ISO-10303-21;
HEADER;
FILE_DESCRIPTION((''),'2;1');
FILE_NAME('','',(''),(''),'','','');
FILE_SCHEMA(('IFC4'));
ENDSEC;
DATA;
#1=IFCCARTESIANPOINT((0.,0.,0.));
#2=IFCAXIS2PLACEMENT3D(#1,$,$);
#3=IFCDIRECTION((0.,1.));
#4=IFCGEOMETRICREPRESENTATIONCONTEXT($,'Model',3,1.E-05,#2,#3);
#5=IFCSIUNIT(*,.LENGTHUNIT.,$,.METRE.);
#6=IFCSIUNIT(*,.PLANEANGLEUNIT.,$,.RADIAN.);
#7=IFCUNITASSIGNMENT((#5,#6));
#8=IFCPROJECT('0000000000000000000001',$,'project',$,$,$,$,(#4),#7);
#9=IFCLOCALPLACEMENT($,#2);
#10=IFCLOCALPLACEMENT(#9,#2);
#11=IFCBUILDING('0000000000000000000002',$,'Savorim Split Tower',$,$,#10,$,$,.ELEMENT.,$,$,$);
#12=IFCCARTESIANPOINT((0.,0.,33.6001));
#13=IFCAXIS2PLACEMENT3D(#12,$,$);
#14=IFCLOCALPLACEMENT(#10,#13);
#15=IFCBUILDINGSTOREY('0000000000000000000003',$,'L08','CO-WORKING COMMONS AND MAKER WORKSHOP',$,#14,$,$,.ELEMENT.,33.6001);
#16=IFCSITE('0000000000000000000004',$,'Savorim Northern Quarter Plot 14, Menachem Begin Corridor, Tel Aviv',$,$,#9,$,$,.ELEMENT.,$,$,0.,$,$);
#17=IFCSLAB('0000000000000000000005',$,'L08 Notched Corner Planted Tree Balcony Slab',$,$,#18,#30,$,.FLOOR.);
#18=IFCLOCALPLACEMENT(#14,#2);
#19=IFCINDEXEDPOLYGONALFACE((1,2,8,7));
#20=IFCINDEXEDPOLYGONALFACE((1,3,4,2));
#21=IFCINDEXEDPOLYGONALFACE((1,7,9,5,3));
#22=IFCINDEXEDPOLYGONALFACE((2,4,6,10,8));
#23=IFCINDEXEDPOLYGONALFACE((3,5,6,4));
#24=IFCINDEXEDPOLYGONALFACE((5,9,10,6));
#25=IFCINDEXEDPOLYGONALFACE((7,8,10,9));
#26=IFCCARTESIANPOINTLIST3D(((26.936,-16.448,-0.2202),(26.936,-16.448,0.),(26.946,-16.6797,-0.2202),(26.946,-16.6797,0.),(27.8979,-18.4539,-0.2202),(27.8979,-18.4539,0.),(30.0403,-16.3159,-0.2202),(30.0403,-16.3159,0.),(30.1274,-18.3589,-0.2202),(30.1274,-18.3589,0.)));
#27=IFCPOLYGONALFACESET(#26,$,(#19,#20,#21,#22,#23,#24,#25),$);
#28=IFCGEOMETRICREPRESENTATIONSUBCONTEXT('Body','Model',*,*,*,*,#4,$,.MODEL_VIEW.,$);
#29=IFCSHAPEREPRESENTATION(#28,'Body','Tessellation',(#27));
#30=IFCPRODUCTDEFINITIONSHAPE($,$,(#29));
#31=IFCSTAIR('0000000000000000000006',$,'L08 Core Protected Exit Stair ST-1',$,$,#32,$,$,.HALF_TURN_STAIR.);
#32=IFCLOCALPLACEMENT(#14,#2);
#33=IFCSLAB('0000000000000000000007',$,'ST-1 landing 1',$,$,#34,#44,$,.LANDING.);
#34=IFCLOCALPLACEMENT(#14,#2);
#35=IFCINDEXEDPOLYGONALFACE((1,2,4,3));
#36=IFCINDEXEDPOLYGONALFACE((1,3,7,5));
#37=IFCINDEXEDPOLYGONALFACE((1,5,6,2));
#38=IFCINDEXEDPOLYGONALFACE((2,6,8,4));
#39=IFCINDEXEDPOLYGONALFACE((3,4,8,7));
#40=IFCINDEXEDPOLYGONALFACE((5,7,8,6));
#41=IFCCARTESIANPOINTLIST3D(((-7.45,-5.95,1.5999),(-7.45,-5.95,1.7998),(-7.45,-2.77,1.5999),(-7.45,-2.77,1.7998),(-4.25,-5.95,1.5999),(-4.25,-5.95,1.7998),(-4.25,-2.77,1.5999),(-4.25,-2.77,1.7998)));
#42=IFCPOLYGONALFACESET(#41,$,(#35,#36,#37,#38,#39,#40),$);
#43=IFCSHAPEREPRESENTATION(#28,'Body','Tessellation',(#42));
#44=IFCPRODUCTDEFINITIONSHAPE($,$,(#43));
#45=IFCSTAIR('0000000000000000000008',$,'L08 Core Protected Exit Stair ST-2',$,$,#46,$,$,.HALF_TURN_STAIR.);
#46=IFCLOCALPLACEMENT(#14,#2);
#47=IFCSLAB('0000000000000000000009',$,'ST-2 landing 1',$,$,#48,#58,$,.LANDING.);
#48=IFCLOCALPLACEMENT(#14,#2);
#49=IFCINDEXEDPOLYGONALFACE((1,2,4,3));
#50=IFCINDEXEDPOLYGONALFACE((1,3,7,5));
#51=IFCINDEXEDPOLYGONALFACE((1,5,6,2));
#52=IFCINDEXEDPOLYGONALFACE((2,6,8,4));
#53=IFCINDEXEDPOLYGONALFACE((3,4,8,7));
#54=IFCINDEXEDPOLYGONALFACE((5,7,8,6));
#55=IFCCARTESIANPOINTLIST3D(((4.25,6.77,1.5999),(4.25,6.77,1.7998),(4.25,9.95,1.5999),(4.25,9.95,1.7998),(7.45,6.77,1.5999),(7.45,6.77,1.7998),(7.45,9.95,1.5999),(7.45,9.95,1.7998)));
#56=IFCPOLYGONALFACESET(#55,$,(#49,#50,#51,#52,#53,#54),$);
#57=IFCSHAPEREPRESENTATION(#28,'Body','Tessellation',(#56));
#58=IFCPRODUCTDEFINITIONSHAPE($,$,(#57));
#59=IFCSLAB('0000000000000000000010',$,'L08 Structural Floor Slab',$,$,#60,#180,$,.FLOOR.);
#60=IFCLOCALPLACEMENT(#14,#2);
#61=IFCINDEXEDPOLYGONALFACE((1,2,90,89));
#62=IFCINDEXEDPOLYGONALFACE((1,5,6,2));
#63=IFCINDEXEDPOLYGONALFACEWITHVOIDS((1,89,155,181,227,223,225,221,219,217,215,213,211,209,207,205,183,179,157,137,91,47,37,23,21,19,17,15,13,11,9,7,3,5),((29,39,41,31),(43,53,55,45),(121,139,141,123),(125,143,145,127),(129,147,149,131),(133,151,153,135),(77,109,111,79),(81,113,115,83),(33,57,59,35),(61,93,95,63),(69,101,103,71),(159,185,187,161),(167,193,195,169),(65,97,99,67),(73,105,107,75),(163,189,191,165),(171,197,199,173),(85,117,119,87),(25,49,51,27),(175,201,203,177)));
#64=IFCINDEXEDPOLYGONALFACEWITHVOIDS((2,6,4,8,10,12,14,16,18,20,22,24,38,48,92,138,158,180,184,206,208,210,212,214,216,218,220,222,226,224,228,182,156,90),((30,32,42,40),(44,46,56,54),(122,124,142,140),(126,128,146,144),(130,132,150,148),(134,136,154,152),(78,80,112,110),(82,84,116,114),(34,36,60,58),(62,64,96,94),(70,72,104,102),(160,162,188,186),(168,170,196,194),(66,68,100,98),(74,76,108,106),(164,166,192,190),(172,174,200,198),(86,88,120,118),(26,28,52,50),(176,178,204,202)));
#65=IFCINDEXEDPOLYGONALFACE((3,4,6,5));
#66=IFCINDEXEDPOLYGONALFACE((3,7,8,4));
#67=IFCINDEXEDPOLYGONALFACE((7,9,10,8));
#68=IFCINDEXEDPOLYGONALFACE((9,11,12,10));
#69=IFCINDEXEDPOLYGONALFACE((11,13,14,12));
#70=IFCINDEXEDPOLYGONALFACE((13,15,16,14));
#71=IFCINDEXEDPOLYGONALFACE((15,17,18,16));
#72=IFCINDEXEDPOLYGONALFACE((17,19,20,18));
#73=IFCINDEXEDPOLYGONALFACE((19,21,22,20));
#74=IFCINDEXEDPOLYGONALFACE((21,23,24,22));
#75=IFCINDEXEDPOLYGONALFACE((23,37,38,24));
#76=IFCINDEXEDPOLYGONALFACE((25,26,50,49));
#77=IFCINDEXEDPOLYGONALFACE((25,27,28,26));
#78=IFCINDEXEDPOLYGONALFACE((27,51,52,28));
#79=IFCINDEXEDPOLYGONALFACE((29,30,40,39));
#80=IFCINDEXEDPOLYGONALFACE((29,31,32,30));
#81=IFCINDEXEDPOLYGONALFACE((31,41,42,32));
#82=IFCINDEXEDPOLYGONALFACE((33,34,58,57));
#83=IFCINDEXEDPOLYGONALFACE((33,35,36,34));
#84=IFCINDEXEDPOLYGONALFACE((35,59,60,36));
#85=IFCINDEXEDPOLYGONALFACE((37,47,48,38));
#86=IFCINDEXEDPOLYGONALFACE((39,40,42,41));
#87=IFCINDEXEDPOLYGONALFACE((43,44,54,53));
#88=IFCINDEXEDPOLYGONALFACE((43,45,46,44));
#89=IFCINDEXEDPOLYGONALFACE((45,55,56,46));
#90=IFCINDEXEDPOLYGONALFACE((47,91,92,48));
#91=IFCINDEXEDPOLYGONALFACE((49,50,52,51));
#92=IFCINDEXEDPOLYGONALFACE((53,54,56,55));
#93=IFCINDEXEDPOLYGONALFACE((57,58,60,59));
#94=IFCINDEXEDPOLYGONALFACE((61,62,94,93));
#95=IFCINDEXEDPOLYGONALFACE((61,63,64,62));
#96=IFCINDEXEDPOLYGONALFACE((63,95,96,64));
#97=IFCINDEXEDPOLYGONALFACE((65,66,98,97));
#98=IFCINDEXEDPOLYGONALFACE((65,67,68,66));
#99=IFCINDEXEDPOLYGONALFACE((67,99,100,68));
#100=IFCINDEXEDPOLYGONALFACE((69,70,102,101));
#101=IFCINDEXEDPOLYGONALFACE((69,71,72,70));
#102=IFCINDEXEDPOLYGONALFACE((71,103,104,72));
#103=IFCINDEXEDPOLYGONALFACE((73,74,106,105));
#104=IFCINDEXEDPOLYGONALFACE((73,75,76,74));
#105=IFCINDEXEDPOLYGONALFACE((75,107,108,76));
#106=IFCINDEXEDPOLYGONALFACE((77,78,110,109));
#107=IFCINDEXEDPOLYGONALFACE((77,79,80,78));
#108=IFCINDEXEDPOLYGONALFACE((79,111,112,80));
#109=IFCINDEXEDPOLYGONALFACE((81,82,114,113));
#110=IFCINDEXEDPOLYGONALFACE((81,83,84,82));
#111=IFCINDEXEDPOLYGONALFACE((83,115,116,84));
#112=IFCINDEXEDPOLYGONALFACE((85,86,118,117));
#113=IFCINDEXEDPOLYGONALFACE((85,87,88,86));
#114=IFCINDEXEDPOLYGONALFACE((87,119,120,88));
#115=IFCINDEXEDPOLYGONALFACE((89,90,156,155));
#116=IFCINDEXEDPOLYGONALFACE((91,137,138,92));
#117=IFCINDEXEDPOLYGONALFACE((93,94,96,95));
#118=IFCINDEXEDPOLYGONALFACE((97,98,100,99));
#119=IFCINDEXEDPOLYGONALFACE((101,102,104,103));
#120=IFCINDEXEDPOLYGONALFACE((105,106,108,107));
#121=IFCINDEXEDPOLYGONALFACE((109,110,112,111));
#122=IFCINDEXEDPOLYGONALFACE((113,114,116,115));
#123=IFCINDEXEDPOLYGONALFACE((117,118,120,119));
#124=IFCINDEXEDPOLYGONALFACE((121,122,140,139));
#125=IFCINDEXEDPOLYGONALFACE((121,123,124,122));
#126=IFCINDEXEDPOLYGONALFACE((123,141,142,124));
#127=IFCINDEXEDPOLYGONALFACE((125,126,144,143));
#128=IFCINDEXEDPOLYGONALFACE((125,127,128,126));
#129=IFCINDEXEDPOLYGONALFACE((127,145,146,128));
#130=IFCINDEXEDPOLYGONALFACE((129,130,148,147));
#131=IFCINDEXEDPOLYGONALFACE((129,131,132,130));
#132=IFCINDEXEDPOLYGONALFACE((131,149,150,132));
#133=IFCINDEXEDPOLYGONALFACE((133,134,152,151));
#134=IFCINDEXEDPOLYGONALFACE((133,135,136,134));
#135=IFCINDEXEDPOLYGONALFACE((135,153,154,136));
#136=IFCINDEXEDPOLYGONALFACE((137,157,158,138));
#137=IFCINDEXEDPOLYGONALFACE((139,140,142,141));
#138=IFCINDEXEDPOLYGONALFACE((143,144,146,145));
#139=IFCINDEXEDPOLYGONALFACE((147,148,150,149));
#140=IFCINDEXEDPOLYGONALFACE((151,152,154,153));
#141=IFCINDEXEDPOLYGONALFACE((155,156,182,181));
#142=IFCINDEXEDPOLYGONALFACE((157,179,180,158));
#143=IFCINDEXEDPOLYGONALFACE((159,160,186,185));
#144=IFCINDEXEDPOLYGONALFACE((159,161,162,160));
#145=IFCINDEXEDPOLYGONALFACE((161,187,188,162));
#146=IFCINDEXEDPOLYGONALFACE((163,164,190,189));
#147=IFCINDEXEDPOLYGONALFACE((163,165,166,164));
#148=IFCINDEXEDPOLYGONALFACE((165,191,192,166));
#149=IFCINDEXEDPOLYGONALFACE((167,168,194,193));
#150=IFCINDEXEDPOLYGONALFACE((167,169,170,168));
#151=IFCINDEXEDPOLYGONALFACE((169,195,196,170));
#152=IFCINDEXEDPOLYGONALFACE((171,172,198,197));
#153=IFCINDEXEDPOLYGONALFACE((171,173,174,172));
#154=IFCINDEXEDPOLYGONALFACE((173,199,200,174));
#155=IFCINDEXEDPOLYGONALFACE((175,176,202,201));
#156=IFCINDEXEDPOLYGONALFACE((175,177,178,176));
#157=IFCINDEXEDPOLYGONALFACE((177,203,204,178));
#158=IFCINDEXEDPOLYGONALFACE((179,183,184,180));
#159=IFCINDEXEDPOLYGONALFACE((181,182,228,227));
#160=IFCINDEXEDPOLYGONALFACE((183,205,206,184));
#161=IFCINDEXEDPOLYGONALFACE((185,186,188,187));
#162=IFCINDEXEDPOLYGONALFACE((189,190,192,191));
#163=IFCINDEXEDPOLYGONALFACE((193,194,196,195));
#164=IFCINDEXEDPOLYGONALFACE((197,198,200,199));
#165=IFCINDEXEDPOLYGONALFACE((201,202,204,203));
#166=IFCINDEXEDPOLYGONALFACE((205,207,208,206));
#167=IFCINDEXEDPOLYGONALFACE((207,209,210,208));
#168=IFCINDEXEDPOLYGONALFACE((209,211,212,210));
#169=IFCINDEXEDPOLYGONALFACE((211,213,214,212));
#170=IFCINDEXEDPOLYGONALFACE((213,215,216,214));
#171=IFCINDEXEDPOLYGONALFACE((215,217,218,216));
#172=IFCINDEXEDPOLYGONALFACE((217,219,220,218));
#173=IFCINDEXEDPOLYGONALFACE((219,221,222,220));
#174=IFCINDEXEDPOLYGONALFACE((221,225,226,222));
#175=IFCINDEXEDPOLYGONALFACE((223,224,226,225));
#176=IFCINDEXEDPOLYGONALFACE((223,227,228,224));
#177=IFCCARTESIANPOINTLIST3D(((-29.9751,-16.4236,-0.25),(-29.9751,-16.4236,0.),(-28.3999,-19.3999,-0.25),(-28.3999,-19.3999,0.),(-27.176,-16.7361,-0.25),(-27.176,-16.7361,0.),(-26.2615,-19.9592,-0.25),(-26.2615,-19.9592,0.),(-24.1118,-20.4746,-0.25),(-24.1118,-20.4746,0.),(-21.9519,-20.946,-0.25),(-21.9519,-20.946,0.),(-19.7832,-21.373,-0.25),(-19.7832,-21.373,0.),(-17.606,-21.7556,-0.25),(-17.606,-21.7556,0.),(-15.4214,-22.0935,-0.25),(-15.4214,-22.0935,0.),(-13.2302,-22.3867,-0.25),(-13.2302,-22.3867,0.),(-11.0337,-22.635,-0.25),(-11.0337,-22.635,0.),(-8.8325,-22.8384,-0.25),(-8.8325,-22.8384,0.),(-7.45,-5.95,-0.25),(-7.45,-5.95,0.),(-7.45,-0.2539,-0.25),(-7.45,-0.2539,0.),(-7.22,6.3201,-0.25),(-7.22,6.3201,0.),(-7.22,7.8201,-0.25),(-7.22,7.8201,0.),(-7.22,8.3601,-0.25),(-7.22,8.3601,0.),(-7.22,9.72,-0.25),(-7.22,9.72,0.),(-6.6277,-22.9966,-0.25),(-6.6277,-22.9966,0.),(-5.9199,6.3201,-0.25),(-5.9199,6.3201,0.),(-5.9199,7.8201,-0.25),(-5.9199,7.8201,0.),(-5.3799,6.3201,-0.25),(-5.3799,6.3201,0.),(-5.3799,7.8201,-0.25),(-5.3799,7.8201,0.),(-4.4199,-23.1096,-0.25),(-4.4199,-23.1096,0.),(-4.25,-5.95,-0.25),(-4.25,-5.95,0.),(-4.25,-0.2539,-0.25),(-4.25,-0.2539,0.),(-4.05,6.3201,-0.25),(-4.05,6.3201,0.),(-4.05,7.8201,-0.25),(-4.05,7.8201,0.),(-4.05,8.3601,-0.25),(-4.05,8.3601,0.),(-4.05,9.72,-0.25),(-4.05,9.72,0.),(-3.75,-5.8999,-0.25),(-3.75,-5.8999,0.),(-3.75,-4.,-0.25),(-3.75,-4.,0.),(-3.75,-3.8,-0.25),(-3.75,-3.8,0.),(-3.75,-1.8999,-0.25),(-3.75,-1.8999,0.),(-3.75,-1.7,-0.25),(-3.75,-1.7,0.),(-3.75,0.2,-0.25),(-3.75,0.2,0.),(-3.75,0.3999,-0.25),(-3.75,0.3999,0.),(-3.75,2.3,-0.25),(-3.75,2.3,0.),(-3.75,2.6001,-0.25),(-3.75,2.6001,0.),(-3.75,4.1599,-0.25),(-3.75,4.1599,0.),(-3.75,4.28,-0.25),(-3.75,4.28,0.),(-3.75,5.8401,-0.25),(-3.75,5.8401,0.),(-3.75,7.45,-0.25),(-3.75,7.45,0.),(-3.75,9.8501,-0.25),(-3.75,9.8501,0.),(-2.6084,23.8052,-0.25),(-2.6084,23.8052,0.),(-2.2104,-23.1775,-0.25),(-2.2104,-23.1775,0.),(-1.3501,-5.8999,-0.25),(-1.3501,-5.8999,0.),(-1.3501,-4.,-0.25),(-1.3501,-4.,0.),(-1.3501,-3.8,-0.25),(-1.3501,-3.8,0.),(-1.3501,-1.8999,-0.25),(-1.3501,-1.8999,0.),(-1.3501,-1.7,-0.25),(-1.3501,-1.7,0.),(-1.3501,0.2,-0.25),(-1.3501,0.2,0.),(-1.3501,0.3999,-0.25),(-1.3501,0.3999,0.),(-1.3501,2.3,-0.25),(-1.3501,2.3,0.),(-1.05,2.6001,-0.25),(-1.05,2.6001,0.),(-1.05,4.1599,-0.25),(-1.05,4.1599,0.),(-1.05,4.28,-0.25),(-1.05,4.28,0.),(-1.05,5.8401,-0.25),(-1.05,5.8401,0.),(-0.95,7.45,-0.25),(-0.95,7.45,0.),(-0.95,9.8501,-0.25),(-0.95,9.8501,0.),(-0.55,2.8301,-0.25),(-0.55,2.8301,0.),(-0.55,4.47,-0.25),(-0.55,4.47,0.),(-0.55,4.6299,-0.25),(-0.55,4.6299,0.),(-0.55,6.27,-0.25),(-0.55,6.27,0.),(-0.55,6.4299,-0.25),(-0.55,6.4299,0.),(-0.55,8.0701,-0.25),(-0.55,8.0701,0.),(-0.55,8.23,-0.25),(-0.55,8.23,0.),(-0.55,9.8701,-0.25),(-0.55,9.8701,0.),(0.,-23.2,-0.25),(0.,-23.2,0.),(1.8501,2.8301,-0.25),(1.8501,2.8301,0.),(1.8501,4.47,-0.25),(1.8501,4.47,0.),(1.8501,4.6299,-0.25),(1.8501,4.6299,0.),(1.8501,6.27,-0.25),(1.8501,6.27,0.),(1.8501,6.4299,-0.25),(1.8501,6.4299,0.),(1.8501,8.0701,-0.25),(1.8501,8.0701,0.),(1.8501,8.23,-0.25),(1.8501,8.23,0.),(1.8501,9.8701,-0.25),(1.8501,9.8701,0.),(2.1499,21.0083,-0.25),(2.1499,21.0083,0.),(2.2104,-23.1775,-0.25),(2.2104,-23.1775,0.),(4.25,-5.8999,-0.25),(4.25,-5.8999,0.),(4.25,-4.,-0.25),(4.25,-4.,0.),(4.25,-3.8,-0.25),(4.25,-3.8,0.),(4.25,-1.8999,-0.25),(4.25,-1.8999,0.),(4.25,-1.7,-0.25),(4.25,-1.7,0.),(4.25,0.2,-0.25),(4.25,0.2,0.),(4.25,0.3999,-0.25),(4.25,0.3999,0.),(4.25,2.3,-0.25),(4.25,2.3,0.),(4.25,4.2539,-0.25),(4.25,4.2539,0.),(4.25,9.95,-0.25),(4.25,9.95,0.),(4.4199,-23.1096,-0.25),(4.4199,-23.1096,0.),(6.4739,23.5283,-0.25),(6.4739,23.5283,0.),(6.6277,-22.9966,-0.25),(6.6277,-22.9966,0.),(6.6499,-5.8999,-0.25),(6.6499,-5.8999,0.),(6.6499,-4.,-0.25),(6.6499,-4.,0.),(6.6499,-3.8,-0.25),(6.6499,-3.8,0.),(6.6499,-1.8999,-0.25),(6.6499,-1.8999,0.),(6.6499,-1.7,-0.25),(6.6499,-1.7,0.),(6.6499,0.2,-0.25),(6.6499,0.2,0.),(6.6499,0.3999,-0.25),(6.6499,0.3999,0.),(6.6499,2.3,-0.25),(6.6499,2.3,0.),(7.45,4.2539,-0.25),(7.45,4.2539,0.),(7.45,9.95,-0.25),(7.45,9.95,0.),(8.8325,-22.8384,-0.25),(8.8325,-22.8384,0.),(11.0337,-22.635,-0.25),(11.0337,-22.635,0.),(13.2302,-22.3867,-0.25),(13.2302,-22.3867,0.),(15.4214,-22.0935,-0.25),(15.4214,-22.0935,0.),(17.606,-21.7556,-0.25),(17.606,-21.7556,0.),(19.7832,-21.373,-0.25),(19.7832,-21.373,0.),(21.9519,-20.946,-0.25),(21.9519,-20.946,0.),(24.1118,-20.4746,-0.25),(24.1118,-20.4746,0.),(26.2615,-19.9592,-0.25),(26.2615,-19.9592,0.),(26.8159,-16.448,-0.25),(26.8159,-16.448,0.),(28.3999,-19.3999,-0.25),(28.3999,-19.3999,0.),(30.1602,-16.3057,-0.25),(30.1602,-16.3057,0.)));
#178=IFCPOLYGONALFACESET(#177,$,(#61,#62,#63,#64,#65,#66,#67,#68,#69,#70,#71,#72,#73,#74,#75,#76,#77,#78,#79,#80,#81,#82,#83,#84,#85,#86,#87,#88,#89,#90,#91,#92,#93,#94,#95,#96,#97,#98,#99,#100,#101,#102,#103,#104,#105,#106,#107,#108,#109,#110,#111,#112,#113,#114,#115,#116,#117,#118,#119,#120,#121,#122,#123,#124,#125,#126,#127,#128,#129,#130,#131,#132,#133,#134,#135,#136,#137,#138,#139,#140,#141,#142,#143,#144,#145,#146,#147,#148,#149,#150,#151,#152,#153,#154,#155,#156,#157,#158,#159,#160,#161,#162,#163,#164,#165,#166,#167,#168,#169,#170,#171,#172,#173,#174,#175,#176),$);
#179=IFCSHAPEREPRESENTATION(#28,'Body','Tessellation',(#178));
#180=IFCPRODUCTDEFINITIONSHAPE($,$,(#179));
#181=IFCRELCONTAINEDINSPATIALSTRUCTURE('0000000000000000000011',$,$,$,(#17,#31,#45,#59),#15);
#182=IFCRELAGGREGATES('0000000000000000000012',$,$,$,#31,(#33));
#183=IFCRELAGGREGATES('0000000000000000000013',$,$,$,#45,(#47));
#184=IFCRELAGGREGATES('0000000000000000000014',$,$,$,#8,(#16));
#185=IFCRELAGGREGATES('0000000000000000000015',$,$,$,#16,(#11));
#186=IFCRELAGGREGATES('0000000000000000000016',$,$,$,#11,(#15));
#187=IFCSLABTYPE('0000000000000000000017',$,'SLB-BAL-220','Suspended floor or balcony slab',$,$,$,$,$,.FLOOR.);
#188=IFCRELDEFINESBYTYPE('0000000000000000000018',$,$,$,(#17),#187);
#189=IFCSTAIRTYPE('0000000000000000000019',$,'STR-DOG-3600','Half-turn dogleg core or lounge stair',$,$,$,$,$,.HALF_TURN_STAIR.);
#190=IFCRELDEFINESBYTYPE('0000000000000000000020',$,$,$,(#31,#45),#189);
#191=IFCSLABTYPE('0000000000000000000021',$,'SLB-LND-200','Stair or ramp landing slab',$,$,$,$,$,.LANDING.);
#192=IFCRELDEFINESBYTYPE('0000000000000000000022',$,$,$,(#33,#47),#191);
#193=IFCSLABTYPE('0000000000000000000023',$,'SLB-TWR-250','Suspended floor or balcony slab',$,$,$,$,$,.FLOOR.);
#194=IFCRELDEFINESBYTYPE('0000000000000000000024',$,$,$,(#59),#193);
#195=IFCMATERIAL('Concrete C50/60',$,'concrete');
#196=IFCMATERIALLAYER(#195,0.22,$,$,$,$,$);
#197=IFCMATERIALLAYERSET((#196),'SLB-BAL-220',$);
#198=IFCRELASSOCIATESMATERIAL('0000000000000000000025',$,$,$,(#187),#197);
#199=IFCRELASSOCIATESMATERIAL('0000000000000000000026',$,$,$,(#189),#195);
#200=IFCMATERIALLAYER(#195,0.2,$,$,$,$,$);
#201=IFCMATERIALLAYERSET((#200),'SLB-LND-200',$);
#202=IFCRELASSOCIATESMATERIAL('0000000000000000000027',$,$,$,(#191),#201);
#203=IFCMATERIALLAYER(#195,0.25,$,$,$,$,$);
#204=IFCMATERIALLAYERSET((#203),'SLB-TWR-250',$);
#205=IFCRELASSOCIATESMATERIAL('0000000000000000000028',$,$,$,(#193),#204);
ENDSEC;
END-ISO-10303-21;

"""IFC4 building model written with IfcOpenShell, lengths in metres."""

from ifc_helpers import new_model, si_unit, direction, frame, origin, place, context, subcontext, project, spatial, polyline, outline, extrude, material, layer, layer_set, type_object, element, aggregate, save


model = new_model("IFC4")

# Units and contexts
model_context = context("Model", 3, precision=1e-05, world=origin(), true_north=direction((0.0, 1.0)))
body_context = subcontext(model_context, "Body", "Model", "MODEL_VIEW")
ifc_project = project(units=[si_unit("LENGTHUNIT", "METRE"), si_unit("PLANEANGLEUNIT", "RADIAN")], contexts=[model_context])

# Site, building, storey
site_placement = place(None, origin())
site = spatial("IfcSite", under=ifc_project, at=site_placement, Name="Savorim Northern Quarter Plot 14, Menachem Begin Corridor, Tel Aviv", CompositionType="ELEMENT", RefElevation=0.0)
building_placement = place(site_placement, origin())
building = spatial("IfcBuilding", under=site, at=building_placement, Name="Savorim Split Tower", CompositionType="ELEMENT")
storey_placement = place(building_placement, frame((0.0, 0.0, 33.6001)))
storey = spatial("IfcBuildingStorey", under=building, at=storey_placement, Name="L08", Description="CO-WORKING COMMONS AND MAKER WORKSHOP", CompositionType="ELEMENT", Elevation=33.6001)

# Slab
ifc_material_1 = material(Name="Concrete C50/60", Category="concrete")
ifc_layer_1 = layer(ifc_material_1, 0.22)
ifc_layer_set_1 = layer_set([ifc_layer_1], Name="SLB-BAL-220")
slab_type_1 = type_object("IfcSlabType", Name="SLB-BAL-220", Description="Suspended floor or balcony slab", PredefinedType="FLOOR", material=ifc_layer_set_1)
slab_1_placement = place(storey_placement, frame((0.0, 0.0, -0.2202)))
element("IfcSlab", 1, at=slab_1_placement, inside=storey, type_object=slab_type_1, Name="L08 Notched Corner Planted Tree Balcony Slab", PredefinedType="FLOOR", context=body_context, shape_type="SweptSolid", body=[
    extrude(outline(polyline([(30.0403, -16.3159), (26.936, -16.448), (26.946, -16.6797), (27.8979, -18.4539), (30.1274, -18.3589), (30.0403, -16.3159)])), origin(), (0.0, 0.0, 1.0), 0.2202),
])

# Stairs, slabs
stair_type = type_object("IfcStairType", Name="STR-DOG-3600", Description="Half-turn dogleg core or lounge stair", PredefinedType="HALF_TURN_STAIR", material=ifc_material_1)
stair_1_placement = place(storey_placement, origin())
stair_1 = element("IfcStair", 2, at=stair_1_placement, inside=storey, type_object=stair_type, Name="L08 Core Protected Exit Stair ST-1", PredefinedType="HALF_TURN_STAIR")
ifc_layer_2 = layer(ifc_material_1, 0.2)
ifc_layer_set_2 = layer_set([ifc_layer_2], Name="SLB-LND-200")
slab_type_2 = type_object("IfcSlabType", Name="SLB-LND-200", Description="Stair or ramp landing slab", PredefinedType="LANDING", material=ifc_layer_set_2)
slab_2_placement = place(storey_placement, frame((0.0, 0.0, 1.5999)))
slab_2 = element("IfcSlab", 3, at=slab_2_placement, type_object=slab_type_2, Name="ST-1 landing 1", PredefinedType="LANDING", context=body_context, shape_type="SweptSolid", body=[
    extrude(outline(polyline([(-7.45, -2.77), (-7.45, -5.95), (-4.25, -5.95), (-4.25, -2.77), (-7.45, -2.77)])), origin(), (0.0, 0.0, 1.0), 0.2),
])
aggregate(stair_1, [slab_2])
stair_2_placement = place(storey_placement, origin())
stair_2 = element("IfcStair", 4, at=stair_2_placement, inside=storey, type_object=stair_type, Name="L08 Core Protected Exit Stair ST-2", PredefinedType="HALF_TURN_STAIR")
slab_3_placement = place(storey_placement, frame((0.0, 0.0, 1.5999)))
slab_3 = element("IfcSlab", 5, at=slab_3_placement, type_object=slab_type_2, Name="ST-2 landing 1", PredefinedType="LANDING", context=body_context, shape_type="SweptSolid", body=[
    extrude(outline(polyline([(7.45, 6.77), (7.45, 9.95), (4.25, 9.95), (4.25, 6.77), (7.45, 6.77)])), origin(), (0.0, 0.0, 1.0), 0.2),
])
aggregate(stair_2, [slab_3])

# Slab
ifc_layer_3 = layer(ifc_material_1, 0.25)
ifc_layer_set_3 = layer_set([ifc_layer_3], Name="SLB-TWR-250")
slab_type_3 = type_object("IfcSlabType", Name="SLB-TWR-250", Description="Suspended floor or balcony slab", PredefinedType="FLOOR", material=ifc_layer_set_3)
slab_4_placement = place(storey_placement, frame((0.0, 0.0, -0.25)))
element("IfcSlab", 6, at=slab_4_placement, inside=storey, type_object=slab_type_3, Name="L08 Structural Floor Slab", PredefinedType="FLOOR", context=body_context, shape_type="SweptSolid", body=[
    extrude(outline(polyline([(-28.3999, -19.3999), (-26.2615, -19.9592), (-24.1118, -20.4746), (-21.9519, -20.946), (-19.7832, -21.373), (-17.606, -21.7556), (-15.4214, -22.0935), (-13.2302, -22.3867), (-11.0337, -22.635), (-8.8325, -22.8384), (-6.6277, -22.9966), (-4.4199, -23.1096), (-2.2104, -23.1775), (0.0, -23.2), (2.2104, -23.1775), (4.4199, -23.1096), (6.6277, -22.9966), (8.8325, -22.8384), (11.0337, -22.635), (13.2302, -22.3867), (15.4214, -22.0935), (17.606, -21.7556), (19.7832, -21.373), (21.9519, -20.946), (24.1118, -20.4746), (26.2615, -19.9592), (28.3999, -19.3999), (26.8159, -16.448), (30.1602, -16.3057), (6.4739, 23.5283), (2.1499, 21.0083), (-2.6084, 23.8052), (-29.9751, -16.4236), (-27.176, -16.7361), (-28.3999, -19.3999)]), holes=[polyline([(-7.45, -0.2539), (-7.45, -5.95), (-4.25, -5.95), (-4.25, -0.2539), (-7.45, -0.2539)]), polyline([(7.45, 4.2539), (7.45, 9.95), (4.25, 9.95), (4.25, 4.2539), (7.45, 4.2539)]), polyline([(4.25, -5.8999), (6.6499, -5.8999), (6.6499, -4.0), (4.25, -4.0), (4.25, -5.8999)]), polyline([(4.25, -3.8), (6.6499, -3.8), (6.6499, -1.8999), (4.25, -1.8999), (4.25, -3.8)]), polyline([(4.25, -1.7), (6.6499, -1.7), (6.6499, 0.2), (4.25, 0.2), (4.25, -1.7)]), polyline([(4.25, 0.3999), (6.6499, 0.3999), (6.6499, 2.3), (4.25, 2.3), (4.25, 0.3999)]), polyline([(-3.75, -5.8999), (-1.3501, -5.8999), (-1.3501, -4.0), (-3.75, -4.0), (-3.75, -5.8999)]), polyline([(-3.75, -3.8), (-1.3501, -3.8), (-1.3501, -1.8999), (-3.75, -1.8999), (-3.75, -3.8)]), polyline([(-3.75, -1.7), (-1.3501, -1.7), (-1.3501, 0.2), (-3.75, 0.2), (-3.75, -1.7)]), polyline([(-3.75, 0.3999), (-1.3501, 0.3999), (-1.3501, 2.3), (-3.75, 2.3), (-3.75, 0.3999)]), polyline([(-0.55, 2.8301), (1.8501, 2.8301), (1.8501, 4.47), (-0.55, 4.47), (-0.55, 2.8301)]), polyline([(-0.55, 4.6299), (1.8501, 4.6299), (1.8501, 6.27), (-0.55, 6.27), (-0.55, 4.6299)]), polyline([(-0.55, 6.4299), (1.8501, 6.4299), (1.8501, 8.0701), (-0.55, 8.0701), (-0.55, 6.4299)]), polyline([(-0.55, 8.23), (1.8501, 8.23), (1.8501, 9.8701), (-0.55, 9.8701), (-0.55, 8.23)]), polyline([(-3.75, 2.6001), (-1.05, 2.6001), (-1.05, 4.1599), (-3.75, 4.1599), (-3.75, 2.6001)]), polyline([(-3.75, 4.28), (-1.05, 4.28), (-1.05, 5.8401), (-3.75, 5.8401), (-3.75, 4.28)]), polyline([(-3.75, 7.45), (-0.95, 7.45), (-0.95, 9.8501), (-3.75, 9.8501), (-3.75, 7.45)]), polyline([(-7.22, 6.3201), (-5.9199, 6.3201), (-5.9199, 7.8201), (-7.22, 7.8201), (-7.22, 6.3201)]), polyline([(-5.3799, 6.3201), (-4.05, 6.3201), (-4.05, 7.8201), (-5.3799, 7.8201), (-5.3799, 6.3201)]), polyline([(-7.22, 8.3601), (-4.05, 8.3601), (-4.05, 9.72), (-7.22, 9.72), (-7.22, 8.3601)])]), origin(), (0.0, 0.0, 1.0), 0.25),
])

save(model, "model.ifc")
